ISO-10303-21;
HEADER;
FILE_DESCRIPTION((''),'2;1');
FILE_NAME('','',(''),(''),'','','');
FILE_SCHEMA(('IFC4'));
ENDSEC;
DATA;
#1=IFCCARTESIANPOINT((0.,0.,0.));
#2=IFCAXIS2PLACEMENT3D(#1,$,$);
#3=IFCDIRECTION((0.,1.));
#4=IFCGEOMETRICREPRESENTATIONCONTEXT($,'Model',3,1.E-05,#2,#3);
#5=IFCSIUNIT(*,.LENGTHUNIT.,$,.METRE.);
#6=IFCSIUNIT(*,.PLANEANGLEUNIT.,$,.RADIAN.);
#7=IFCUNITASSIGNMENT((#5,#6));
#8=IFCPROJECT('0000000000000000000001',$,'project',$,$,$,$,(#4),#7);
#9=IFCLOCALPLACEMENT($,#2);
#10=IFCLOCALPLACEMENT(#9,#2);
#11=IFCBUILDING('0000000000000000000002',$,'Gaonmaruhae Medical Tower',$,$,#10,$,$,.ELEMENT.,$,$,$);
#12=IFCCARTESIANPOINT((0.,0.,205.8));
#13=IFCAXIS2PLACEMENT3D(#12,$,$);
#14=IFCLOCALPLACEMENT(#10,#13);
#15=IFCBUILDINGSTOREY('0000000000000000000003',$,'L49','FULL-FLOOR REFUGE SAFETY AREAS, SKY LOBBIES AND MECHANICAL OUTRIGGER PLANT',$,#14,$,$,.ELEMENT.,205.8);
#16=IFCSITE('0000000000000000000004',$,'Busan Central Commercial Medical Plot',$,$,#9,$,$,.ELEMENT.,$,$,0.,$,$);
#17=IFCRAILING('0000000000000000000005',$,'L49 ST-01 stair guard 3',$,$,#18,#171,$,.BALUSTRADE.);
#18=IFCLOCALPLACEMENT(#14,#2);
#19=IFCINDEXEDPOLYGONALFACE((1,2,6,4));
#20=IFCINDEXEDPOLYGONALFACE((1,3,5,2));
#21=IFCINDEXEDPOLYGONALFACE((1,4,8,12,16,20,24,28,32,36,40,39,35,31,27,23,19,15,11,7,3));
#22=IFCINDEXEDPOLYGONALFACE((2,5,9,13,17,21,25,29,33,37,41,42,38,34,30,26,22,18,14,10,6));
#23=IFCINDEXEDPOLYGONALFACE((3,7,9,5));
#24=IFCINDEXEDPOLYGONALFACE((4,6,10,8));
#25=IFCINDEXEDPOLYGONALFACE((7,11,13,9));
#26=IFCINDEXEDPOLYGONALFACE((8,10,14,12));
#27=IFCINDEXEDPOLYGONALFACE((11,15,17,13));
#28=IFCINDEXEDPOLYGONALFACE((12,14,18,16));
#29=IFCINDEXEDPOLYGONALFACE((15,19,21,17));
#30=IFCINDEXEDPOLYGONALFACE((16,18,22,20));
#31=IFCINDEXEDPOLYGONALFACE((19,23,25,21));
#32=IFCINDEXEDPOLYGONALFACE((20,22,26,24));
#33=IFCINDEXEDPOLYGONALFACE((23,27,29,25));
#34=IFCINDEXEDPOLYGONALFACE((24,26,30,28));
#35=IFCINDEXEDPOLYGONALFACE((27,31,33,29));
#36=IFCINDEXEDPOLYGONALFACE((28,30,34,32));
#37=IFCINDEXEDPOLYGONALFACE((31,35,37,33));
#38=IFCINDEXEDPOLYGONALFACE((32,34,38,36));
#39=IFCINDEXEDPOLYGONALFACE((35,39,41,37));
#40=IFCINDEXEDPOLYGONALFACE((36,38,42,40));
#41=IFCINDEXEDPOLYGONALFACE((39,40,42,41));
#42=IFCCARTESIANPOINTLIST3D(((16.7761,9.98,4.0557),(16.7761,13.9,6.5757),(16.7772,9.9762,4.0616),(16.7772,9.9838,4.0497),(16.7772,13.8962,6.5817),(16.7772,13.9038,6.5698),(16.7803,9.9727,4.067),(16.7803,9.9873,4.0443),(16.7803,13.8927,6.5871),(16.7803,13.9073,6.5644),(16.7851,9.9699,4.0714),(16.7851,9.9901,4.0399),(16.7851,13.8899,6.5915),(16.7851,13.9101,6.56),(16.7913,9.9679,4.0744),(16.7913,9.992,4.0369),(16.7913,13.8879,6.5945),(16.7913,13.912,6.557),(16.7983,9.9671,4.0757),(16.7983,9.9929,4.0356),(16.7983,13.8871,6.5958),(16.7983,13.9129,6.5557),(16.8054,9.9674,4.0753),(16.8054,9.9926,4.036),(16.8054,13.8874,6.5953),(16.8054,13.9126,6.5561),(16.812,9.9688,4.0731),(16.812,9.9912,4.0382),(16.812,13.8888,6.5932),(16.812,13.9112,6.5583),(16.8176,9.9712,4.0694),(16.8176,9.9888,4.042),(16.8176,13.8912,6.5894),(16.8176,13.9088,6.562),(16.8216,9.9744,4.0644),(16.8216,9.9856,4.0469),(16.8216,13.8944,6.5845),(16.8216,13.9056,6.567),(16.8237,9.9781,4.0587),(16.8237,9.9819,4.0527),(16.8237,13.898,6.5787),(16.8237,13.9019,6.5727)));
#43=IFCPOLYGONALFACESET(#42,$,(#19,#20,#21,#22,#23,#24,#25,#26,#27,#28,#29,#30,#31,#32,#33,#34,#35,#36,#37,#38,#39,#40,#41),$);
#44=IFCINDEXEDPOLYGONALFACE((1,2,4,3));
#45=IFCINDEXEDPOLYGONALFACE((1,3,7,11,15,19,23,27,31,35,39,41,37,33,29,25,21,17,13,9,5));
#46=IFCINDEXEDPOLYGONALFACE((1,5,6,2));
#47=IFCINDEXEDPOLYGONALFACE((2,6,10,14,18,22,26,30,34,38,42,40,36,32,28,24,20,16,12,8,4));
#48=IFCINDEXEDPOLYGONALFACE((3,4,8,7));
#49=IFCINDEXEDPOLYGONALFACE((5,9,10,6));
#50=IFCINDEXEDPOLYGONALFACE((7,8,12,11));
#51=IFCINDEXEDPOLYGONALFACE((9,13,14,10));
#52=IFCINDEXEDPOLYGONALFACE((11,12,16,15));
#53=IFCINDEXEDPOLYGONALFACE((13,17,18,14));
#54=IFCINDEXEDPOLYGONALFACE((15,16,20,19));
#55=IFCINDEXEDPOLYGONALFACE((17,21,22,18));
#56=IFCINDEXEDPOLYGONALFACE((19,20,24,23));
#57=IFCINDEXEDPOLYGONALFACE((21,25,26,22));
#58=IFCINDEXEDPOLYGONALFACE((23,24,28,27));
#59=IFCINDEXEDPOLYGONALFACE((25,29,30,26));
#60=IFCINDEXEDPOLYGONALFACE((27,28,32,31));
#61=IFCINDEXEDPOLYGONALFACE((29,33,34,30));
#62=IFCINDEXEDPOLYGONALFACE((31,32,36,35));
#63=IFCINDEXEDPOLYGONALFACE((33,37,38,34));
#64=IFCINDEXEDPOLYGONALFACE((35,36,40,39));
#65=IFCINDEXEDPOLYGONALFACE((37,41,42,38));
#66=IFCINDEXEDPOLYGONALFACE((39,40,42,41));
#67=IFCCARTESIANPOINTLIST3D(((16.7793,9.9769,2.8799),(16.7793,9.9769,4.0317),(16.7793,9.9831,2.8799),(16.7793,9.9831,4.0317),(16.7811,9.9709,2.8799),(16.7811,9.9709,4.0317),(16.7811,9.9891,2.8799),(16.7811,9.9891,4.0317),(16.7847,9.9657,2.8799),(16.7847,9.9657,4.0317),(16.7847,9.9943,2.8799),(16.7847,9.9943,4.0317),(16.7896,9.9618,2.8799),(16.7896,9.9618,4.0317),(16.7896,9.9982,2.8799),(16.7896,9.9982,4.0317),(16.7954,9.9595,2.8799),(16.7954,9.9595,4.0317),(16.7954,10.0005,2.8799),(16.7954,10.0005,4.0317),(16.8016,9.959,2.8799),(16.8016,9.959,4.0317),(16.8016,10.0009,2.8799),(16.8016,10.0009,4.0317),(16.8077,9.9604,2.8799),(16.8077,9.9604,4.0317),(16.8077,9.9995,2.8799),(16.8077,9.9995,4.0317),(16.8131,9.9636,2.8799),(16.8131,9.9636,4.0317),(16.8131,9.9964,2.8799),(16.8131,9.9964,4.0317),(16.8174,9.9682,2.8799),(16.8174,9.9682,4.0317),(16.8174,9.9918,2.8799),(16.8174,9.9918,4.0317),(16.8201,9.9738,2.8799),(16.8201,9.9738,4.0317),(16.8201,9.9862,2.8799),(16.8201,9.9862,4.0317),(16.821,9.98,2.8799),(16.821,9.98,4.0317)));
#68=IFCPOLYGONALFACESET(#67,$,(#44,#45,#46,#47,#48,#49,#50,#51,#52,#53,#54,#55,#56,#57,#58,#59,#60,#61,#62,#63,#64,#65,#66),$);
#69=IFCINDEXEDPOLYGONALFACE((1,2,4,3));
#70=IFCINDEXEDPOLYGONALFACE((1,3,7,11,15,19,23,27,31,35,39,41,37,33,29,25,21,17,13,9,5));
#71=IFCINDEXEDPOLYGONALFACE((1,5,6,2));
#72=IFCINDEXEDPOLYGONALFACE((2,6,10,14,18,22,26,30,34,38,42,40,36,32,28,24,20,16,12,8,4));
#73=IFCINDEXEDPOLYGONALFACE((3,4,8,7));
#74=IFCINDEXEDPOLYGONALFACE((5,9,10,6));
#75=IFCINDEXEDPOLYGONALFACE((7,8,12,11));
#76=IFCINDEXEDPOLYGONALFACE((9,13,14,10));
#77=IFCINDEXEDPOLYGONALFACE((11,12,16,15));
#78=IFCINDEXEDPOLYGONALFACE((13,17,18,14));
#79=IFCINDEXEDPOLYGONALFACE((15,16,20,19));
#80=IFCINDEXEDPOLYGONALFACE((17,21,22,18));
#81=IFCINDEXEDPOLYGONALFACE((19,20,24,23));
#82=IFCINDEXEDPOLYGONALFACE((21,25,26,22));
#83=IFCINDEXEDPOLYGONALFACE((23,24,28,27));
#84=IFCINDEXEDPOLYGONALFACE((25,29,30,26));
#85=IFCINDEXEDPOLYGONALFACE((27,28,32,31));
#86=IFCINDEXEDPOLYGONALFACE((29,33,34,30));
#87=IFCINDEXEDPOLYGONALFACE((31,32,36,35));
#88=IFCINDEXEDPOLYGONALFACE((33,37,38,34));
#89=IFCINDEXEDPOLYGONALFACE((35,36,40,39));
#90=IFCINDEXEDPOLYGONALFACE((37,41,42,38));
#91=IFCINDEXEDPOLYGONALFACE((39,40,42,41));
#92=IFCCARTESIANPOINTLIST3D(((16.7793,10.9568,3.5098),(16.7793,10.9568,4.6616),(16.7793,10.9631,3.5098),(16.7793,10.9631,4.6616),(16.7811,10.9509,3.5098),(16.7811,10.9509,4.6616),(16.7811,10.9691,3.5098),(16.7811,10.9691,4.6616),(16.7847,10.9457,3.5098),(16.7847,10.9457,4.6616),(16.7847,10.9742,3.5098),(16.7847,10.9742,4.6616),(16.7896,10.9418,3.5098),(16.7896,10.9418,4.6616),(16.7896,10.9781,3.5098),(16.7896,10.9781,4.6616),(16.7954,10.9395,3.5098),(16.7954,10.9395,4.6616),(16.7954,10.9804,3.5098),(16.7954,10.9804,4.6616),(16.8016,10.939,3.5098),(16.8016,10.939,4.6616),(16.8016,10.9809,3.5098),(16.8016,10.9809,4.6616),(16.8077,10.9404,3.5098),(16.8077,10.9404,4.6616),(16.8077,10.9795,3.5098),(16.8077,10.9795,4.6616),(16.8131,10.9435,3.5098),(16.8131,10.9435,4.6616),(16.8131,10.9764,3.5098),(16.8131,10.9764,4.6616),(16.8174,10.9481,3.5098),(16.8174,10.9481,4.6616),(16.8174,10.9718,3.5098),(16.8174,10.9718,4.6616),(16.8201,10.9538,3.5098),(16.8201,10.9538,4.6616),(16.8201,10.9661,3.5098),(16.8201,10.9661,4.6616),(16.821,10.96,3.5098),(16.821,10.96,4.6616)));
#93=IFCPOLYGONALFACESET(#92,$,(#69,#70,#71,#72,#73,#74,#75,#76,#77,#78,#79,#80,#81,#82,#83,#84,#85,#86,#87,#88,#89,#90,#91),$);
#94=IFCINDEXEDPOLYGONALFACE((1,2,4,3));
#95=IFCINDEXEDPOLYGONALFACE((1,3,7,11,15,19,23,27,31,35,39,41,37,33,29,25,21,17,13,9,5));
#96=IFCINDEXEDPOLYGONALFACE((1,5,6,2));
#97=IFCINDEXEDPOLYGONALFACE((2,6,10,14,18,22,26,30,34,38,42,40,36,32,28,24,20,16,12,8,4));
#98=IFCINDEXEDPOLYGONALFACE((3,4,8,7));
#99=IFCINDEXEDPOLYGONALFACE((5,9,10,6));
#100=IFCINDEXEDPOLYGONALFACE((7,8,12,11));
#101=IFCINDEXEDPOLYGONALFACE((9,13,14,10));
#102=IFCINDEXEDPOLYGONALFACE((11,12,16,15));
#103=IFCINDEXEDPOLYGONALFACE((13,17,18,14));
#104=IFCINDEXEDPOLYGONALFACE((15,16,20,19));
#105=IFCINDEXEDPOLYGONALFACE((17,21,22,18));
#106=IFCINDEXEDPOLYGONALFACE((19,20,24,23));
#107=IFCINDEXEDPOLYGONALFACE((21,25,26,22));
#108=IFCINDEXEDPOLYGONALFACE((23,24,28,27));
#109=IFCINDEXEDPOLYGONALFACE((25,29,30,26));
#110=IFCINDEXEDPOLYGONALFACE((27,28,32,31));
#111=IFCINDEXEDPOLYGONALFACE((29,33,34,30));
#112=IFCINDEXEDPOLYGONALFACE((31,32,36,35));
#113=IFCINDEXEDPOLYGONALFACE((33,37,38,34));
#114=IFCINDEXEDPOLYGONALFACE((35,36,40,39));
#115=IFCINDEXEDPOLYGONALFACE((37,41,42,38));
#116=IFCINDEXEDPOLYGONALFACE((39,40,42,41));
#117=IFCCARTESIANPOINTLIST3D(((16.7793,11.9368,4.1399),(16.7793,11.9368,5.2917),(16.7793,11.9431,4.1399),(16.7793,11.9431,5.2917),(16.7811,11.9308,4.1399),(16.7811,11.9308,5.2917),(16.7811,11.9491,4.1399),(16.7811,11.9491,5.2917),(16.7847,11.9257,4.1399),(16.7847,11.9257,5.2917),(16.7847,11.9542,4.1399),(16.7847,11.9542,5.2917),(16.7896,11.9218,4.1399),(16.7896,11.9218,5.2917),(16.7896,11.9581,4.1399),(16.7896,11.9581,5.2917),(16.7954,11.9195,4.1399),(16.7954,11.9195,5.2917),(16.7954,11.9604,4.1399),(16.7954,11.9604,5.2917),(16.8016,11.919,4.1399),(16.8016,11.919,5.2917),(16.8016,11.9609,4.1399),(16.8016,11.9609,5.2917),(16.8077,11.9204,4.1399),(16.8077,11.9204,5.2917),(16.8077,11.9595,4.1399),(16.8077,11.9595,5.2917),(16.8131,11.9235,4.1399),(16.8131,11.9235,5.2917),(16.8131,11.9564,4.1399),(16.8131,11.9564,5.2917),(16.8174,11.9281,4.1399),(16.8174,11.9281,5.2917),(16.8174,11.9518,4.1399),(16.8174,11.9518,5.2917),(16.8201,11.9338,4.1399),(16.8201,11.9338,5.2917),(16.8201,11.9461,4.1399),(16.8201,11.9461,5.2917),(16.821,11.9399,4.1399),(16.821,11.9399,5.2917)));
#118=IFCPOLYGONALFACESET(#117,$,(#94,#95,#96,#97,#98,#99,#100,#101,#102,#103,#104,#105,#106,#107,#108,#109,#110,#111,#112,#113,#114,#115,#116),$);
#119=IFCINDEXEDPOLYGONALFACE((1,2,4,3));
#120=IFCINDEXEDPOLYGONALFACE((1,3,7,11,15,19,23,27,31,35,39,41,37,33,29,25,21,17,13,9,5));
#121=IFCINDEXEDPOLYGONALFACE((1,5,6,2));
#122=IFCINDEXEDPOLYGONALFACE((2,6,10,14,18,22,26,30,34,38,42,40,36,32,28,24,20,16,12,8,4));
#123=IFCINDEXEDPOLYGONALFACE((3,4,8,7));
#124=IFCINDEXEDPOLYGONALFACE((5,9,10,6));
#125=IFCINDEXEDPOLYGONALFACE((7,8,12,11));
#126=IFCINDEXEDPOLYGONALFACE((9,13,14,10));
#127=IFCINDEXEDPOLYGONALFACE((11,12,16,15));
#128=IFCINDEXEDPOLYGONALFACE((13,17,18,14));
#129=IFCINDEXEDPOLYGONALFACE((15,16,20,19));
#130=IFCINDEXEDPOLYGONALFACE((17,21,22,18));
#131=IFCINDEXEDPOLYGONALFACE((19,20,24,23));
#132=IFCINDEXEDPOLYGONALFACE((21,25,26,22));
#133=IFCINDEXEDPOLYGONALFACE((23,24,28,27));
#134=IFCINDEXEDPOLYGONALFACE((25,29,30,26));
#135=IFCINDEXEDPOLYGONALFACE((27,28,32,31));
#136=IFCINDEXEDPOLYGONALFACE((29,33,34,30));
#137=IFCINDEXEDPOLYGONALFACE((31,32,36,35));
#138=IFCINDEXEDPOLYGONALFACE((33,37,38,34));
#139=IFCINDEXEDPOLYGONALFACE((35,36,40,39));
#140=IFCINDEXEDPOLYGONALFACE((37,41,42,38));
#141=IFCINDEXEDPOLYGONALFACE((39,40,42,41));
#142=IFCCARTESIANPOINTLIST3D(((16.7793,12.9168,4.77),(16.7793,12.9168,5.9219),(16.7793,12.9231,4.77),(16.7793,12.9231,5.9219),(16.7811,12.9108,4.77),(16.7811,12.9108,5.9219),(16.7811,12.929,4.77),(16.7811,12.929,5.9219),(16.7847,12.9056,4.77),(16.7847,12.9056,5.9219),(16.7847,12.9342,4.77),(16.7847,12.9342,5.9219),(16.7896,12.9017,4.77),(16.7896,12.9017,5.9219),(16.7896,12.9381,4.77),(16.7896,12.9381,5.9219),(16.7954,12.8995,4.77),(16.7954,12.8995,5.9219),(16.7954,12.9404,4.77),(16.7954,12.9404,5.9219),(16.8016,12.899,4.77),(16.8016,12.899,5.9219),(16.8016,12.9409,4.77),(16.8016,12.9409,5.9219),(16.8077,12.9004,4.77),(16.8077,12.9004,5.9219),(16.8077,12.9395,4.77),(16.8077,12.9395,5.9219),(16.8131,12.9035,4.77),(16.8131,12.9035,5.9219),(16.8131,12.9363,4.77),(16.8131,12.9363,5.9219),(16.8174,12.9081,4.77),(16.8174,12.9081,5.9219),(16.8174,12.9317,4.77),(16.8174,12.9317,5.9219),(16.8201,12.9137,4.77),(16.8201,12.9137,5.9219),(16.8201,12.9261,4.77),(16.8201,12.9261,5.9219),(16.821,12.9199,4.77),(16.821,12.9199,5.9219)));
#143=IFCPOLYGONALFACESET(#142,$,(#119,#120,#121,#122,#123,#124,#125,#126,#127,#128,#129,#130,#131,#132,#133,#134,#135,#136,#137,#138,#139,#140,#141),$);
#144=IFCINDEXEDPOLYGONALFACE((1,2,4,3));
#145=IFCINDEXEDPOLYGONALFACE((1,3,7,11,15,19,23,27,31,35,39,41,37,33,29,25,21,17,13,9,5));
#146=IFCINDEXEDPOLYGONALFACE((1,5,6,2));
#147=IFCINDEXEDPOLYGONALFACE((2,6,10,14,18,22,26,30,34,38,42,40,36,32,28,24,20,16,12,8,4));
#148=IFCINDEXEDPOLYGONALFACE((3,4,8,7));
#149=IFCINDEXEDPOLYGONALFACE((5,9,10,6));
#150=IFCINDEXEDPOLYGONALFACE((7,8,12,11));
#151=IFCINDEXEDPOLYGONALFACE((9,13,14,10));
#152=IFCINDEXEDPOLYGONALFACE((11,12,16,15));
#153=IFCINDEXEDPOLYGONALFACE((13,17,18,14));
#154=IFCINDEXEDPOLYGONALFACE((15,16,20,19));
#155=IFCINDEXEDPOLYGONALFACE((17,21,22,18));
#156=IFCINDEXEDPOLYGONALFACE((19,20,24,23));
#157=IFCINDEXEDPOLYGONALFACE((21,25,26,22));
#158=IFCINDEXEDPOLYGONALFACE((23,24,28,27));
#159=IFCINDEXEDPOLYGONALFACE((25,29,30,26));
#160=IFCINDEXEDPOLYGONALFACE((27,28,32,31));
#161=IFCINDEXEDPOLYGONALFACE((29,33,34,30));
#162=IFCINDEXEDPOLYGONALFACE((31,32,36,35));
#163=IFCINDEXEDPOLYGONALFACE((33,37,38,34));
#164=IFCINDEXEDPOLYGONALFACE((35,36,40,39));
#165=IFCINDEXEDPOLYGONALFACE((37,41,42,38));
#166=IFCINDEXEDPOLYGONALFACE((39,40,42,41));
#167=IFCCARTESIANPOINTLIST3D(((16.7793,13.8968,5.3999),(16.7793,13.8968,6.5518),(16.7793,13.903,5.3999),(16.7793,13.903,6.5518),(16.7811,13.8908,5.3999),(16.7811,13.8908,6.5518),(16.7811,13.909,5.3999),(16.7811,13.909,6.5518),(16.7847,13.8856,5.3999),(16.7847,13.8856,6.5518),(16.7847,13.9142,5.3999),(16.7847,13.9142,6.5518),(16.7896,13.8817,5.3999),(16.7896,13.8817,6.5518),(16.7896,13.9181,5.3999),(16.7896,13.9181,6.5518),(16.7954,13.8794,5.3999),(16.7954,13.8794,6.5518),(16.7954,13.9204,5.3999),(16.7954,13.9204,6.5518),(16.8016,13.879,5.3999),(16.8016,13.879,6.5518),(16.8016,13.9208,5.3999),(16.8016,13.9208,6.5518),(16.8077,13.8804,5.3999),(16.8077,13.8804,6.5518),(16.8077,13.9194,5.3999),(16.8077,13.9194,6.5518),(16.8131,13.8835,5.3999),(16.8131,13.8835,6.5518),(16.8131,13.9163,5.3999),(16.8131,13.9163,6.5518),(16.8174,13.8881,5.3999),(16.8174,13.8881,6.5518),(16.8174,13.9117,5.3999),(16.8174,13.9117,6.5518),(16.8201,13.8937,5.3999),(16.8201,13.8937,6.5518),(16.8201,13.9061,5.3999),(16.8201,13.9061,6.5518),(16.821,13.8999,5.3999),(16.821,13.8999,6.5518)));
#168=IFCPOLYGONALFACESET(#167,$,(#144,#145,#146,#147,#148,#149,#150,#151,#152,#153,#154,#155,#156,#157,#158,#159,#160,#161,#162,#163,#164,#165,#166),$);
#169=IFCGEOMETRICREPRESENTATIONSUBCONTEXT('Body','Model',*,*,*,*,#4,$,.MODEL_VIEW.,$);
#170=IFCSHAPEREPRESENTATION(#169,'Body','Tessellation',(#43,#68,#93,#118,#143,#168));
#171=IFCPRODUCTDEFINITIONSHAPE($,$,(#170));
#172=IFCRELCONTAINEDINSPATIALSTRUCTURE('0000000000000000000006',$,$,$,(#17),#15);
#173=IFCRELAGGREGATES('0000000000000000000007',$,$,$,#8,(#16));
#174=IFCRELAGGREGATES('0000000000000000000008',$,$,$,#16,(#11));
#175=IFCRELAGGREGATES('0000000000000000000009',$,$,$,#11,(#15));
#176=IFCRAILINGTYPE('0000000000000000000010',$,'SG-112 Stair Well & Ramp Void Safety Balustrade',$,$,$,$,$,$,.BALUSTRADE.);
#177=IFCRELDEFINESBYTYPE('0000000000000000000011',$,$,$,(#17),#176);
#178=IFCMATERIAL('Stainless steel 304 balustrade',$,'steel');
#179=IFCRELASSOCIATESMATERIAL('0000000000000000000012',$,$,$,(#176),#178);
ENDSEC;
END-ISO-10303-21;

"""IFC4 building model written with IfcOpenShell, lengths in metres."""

from ifc_helpers import new_model, si_unit, direction, frame, origin, origin_2d, place, context, subcontext, project, spatial, circle, extrude, material, type_object, element, save


model = new_model("IFC4")

# Units and contexts
model_context = context("Model", 3, precision=1e-05, world=origin(), true_north=direction((0.0, 1.0)))
body_context = subcontext(model_context, "Body", "Model", "MODEL_VIEW")
ifc_project = project(units=[si_unit("LENGTHUNIT", "METRE"), si_unit("PLANEANGLEUNIT", "RADIAN")], contexts=[model_context])

# Site, building, storey
site_placement = place(None, origin())
site = spatial("IfcSite", under=ifc_project, at=site_placement, Name="Busan Central Commercial Medical Plot", CompositionType="ELEMENT", RefElevation=0.0)
building_placement = place(site_placement, origin())
building = spatial("IfcBuilding", under=site, at=building_placement, Name="Gaonmaruhae Medical Tower", CompositionType="ELEMENT")
storey_placement = place(building_placement, frame((0.0, 0.0, 205.8)))
storey = spatial("IfcBuildingStorey", under=building, at=storey_placement, Name="L49", Description="FULL-FLOOR REFUGE SAFETY AREAS, SKY LOBBIES AND MECHANICAL OUTRIGGER PLANT", CompositionType="ELEMENT", Elevation=205.8)

# Railing
ifc_material_1 = material(Name="Stainless steel 304 balustrade", Category="steel")
railing_type_1 = type_object("IfcRailingType", Name="SG-112 Stair Well & Ramp Void Safety Balustrade", PredefinedType="BALUSTRADE", material=ifc_material_1)
railing_1_placement = place(storey_placement, frame((16.8, 9.98, 2.8799)))
element("IfcRailing", 1, at=railing_1_placement, inside=storey, type_object=railing_type_1, Name="L49 ST-01 stair guard 3", PredefinedType="BALUSTRADE", context=body_context, shape_type="SweptSolid", body=[
    extrude(circle(Radius=0.0239, at=origin_2d()), frame((0.0, 0.0, 1.1758), z_axis=(0.0, 0.841172, 0.540768), x_axis=(-1.0, 0.0, 0.0)), (0.0, 0.0, 1.0), 4.6602),
    extrude(circle(Radius=0.021, at=origin_2d()), origin(), (0.0, 0.0, 1.0), 1.1519),
    extrude(circle(Radius=0.021, at=origin_2d()), frame((0.0, 0.98, 0.6299)), (0.0, 0.0, 1.0), 1.1519),
    extrude(circle(Radius=0.021, at=origin_2d()), frame((0.0, 1.96, 1.26)), (0.0, 0.0, 1.0), 1.1519),
    extrude(circle(Radius=0.021, at=origin_2d()), frame((0.0, 2.9399, 1.8901)), (0.0, 0.0, 1.0), 1.1519),
    extrude(circle(Radius=0.021, at=origin_2d()), frame((0.0, 3.9199, 2.52)), (0.0, 0.0, 1.0), 1.1519),
])

save(model, "model.ifc")
